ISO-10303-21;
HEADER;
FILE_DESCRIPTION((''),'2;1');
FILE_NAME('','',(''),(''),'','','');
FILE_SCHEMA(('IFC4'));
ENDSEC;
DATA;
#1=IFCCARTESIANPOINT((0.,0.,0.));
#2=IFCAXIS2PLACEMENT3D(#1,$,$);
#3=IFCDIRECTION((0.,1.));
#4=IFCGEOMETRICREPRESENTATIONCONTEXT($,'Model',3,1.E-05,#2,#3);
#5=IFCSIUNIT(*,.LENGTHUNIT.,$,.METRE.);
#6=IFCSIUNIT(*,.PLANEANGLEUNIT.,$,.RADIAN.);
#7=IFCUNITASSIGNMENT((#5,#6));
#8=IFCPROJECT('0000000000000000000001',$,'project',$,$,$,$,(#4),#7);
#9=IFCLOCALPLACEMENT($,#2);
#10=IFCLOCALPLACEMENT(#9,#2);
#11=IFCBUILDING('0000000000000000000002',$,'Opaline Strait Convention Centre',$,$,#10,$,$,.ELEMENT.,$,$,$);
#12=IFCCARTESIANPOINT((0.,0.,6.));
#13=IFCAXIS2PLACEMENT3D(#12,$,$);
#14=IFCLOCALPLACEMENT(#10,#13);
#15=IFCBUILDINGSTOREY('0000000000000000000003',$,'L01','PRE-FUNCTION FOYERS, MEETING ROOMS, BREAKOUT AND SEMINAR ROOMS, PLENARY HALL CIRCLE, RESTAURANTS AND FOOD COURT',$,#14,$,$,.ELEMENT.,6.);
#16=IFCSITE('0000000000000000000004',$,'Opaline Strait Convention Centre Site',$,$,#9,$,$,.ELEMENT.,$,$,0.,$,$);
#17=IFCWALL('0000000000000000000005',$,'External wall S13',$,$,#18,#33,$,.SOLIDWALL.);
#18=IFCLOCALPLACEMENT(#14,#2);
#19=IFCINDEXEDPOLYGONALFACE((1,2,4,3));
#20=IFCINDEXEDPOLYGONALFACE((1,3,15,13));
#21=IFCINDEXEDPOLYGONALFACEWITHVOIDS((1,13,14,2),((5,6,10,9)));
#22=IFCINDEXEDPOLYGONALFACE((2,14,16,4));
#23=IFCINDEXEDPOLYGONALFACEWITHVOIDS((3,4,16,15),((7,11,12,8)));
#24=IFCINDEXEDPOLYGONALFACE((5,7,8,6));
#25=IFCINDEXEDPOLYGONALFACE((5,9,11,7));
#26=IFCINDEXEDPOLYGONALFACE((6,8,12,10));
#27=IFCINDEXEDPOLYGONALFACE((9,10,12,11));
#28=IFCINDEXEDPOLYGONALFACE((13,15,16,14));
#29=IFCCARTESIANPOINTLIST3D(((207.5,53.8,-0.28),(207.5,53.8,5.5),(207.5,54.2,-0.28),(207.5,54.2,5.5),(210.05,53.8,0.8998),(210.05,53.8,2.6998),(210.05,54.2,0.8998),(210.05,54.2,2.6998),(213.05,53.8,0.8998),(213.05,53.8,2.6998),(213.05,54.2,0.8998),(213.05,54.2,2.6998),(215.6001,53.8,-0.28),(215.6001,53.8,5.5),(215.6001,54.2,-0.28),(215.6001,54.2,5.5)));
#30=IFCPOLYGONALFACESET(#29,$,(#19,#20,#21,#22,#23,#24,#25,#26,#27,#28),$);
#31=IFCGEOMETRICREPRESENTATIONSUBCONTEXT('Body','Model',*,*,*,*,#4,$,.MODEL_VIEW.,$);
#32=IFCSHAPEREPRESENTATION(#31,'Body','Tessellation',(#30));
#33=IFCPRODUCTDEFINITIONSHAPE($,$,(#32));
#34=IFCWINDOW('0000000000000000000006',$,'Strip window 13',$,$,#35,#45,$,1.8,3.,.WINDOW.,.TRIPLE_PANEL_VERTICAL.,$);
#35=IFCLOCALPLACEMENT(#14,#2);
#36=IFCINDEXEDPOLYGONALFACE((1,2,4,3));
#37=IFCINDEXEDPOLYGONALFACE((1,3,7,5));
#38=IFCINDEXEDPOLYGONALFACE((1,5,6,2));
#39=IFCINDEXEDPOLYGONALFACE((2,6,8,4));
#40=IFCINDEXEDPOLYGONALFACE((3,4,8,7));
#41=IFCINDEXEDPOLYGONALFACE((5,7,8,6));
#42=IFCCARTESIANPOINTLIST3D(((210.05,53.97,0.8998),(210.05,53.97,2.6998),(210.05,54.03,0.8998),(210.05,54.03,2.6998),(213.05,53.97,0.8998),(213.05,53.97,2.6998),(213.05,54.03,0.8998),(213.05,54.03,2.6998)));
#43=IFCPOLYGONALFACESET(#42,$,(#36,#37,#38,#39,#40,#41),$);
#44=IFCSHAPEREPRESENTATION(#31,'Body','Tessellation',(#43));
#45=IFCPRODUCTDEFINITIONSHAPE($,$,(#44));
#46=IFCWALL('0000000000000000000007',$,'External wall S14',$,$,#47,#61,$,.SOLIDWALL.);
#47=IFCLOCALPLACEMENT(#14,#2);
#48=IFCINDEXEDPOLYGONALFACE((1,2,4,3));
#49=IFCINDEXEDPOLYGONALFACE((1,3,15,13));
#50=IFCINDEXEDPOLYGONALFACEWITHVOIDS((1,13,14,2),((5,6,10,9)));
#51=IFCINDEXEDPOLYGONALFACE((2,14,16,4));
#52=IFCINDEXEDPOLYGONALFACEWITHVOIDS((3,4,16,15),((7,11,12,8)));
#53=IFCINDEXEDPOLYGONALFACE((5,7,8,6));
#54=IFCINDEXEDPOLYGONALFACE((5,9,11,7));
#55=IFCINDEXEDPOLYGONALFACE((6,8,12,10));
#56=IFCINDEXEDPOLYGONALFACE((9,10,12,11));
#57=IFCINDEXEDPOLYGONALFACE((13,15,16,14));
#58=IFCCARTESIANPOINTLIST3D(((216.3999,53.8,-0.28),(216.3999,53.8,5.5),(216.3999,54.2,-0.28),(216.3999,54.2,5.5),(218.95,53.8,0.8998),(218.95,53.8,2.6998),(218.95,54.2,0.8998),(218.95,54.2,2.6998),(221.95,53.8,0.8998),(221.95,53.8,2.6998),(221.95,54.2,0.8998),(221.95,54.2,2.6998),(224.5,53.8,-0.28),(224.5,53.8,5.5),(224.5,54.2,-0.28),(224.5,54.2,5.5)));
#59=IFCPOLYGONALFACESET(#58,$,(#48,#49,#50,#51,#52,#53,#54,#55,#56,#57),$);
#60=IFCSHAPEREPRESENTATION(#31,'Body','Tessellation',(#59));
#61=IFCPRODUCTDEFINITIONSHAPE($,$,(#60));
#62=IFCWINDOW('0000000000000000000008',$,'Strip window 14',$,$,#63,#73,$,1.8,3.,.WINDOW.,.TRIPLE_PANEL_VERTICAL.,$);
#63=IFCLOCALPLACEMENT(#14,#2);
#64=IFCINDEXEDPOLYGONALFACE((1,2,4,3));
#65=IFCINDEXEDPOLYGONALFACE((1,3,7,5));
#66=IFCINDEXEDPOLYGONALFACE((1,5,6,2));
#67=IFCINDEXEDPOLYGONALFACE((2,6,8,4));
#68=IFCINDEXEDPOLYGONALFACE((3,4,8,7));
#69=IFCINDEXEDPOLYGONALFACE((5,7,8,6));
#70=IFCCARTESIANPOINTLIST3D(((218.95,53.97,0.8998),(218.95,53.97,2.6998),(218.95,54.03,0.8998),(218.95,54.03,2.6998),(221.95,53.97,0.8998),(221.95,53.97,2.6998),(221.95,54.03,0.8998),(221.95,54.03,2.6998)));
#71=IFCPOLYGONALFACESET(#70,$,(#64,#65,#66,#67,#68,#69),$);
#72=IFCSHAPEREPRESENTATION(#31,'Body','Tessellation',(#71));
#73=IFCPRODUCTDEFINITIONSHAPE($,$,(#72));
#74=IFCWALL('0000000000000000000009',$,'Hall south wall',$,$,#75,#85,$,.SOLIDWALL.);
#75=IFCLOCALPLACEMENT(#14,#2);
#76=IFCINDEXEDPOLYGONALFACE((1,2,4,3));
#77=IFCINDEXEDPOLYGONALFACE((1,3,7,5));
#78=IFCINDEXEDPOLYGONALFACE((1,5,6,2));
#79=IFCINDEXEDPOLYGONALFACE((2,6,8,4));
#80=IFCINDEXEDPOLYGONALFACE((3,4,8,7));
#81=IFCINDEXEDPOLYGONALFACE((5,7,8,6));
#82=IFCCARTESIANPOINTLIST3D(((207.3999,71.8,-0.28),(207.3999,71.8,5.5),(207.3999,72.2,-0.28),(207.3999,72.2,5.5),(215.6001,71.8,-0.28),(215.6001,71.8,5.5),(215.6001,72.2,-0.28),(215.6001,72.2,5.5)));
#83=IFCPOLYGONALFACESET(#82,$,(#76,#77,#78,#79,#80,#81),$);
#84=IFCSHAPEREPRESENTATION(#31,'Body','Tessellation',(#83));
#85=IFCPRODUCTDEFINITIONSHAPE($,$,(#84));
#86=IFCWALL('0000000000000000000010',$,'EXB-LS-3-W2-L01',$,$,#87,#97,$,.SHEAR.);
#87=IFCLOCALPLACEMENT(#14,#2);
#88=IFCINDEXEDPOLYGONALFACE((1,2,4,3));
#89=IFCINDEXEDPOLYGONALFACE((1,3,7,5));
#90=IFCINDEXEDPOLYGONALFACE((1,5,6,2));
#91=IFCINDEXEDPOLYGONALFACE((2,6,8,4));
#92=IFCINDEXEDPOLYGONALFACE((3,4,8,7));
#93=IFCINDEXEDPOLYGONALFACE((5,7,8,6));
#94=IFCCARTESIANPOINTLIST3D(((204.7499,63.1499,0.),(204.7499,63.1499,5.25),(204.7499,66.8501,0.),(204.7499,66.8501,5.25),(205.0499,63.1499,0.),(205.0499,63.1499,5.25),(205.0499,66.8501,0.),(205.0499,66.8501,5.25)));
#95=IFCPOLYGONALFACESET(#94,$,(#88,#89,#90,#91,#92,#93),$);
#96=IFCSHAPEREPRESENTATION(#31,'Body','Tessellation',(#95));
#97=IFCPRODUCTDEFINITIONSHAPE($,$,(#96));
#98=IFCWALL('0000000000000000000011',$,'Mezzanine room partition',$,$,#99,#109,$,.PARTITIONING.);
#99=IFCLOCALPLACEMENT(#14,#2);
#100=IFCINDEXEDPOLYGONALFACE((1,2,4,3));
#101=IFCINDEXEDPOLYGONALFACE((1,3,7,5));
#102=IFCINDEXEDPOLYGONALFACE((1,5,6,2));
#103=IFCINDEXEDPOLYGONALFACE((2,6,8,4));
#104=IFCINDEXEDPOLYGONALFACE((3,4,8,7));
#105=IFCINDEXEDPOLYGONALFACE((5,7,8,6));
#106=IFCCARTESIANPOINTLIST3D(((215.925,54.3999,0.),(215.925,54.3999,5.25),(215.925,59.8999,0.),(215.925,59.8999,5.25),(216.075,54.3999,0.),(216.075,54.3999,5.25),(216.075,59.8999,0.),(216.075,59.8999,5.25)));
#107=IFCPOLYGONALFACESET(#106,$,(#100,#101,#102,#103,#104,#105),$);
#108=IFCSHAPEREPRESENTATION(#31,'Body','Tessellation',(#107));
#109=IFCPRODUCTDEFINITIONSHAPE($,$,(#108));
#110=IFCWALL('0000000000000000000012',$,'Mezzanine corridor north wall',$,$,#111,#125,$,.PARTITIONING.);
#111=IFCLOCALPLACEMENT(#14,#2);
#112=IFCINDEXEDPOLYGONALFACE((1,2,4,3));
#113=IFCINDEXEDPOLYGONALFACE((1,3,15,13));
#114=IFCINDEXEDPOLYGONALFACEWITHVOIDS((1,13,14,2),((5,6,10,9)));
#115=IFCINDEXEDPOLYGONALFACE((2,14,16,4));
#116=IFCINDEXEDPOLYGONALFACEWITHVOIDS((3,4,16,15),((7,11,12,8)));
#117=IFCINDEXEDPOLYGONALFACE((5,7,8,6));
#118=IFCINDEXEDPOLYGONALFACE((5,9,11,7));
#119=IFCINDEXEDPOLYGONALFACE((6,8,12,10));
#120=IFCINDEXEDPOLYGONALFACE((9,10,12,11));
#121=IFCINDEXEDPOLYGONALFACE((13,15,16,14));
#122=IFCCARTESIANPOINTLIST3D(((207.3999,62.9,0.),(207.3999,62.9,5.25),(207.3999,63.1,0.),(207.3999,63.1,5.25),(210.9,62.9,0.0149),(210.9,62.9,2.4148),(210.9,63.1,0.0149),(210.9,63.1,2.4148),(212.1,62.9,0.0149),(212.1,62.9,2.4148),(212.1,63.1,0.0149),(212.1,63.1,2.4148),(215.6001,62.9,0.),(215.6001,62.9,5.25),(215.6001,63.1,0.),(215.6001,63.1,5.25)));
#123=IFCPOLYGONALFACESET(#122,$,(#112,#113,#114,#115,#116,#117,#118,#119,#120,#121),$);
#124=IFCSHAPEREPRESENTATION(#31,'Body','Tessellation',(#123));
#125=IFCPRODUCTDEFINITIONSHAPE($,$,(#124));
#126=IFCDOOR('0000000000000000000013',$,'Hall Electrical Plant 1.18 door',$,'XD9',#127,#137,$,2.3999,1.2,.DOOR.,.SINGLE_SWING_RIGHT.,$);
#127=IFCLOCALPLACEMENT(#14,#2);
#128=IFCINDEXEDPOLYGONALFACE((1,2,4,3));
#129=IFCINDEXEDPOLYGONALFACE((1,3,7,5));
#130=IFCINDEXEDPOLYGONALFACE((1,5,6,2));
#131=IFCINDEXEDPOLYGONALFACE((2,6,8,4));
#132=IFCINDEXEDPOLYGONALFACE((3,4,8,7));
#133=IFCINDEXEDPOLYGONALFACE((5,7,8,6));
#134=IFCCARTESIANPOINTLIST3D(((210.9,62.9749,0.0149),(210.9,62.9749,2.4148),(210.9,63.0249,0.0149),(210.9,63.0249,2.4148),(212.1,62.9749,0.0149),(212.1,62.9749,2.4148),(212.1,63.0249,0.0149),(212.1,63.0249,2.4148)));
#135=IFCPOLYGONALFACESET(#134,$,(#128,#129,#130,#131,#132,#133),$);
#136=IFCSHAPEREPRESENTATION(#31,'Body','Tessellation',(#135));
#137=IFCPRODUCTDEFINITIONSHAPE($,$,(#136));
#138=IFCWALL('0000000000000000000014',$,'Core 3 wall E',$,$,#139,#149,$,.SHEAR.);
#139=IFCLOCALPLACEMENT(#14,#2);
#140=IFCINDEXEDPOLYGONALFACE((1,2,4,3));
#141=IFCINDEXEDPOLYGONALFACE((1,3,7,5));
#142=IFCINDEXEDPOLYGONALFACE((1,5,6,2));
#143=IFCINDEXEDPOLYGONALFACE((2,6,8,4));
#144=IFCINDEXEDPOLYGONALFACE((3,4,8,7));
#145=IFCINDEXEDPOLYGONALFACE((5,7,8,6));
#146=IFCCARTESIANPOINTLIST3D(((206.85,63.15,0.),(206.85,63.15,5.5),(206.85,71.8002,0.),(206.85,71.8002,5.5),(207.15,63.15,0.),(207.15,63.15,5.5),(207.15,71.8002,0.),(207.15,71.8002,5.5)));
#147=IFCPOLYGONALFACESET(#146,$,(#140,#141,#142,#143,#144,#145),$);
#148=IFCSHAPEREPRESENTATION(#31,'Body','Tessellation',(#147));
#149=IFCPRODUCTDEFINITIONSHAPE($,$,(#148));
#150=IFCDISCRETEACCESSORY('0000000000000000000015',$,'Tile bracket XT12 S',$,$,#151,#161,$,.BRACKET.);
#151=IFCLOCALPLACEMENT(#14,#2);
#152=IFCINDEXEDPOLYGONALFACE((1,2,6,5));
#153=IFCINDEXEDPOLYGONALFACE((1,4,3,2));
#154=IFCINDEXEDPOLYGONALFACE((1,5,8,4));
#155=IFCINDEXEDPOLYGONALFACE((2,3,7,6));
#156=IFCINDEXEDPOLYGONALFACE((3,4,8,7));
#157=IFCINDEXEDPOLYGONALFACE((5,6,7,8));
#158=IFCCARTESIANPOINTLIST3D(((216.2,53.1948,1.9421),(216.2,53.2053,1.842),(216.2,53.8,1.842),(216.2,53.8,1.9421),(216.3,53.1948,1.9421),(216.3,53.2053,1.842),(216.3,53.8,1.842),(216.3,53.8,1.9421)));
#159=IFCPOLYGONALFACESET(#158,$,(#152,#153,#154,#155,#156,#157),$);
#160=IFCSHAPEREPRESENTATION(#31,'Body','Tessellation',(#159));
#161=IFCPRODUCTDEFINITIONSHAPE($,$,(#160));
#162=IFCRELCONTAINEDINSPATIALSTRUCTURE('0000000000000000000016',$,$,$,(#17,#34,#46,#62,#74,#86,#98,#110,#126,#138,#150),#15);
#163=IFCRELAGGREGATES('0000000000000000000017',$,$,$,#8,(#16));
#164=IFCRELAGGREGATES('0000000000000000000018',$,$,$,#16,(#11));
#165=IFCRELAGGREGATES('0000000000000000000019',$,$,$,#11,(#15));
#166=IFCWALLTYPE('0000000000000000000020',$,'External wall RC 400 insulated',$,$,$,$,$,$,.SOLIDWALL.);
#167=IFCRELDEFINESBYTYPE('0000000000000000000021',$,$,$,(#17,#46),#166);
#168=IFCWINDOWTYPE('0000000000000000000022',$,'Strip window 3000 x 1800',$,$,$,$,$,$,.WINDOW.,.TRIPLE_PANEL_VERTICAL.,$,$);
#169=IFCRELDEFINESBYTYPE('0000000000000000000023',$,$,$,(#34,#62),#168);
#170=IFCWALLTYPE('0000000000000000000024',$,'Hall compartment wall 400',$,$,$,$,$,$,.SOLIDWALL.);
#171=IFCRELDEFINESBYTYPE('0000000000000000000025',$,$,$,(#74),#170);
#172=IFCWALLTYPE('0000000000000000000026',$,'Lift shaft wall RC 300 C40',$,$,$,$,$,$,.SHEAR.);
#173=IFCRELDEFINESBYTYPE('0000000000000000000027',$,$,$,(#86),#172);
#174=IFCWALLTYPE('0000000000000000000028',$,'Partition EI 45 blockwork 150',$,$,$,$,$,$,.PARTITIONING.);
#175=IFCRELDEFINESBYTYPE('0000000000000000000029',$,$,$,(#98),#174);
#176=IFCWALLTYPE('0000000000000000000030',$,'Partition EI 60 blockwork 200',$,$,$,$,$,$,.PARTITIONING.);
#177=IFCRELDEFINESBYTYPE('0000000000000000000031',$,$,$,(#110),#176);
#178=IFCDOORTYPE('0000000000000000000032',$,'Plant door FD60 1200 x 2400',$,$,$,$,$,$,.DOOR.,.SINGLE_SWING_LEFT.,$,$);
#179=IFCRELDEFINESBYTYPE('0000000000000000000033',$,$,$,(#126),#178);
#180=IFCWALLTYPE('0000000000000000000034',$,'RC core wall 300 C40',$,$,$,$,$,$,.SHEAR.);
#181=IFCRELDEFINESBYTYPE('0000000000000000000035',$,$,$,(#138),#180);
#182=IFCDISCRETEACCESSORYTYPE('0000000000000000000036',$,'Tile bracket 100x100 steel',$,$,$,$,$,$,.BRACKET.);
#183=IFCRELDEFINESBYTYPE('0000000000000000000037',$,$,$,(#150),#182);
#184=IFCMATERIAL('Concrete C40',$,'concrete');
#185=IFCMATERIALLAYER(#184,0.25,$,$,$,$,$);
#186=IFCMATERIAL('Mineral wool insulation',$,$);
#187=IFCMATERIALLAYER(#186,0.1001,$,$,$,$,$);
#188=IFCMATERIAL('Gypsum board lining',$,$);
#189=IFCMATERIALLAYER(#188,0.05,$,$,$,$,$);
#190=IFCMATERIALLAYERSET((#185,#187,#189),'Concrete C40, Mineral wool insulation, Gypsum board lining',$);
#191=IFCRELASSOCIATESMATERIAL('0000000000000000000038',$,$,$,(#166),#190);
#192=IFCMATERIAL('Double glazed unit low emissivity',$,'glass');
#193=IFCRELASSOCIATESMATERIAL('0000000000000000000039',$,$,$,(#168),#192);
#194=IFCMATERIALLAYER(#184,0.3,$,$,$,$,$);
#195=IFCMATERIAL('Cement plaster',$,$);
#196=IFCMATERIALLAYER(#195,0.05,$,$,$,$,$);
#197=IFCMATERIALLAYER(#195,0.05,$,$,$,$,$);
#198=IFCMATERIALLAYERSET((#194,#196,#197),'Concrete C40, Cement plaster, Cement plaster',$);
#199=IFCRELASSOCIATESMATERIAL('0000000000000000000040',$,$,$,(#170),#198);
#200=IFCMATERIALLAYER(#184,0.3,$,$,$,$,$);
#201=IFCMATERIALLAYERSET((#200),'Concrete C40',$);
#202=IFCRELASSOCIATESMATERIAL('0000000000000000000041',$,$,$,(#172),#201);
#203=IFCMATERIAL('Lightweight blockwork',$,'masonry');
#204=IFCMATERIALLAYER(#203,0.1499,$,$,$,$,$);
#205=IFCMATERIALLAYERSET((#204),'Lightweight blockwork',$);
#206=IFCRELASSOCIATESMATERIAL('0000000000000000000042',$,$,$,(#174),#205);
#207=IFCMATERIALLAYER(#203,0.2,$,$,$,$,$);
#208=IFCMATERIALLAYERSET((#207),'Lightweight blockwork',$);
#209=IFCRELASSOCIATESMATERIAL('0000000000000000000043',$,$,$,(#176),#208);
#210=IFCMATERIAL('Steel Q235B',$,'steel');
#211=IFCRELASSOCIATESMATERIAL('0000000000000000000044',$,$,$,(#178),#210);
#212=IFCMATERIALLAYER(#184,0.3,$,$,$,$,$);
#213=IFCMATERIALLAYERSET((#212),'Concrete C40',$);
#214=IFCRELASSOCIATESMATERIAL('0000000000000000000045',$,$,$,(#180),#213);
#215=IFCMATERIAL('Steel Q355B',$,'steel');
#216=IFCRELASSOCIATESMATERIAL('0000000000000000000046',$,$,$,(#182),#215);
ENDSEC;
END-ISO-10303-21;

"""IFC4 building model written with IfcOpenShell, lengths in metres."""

from ifc_helpers import new_model, si_unit, direction, frame, frame_2d, origin, place, context, subcontext, project, spatial, polyline, rectangle, outline, extrude, material, layer, layer_set, type_object, element, fill, save


model = new_model("IFC4")

# Units and contexts
model_context = context("Model", 3, precision=1e-05, world=origin(), true_north=direction((0.0, 1.0)))
body_context = subcontext(model_context, "Body", "Model", "MODEL_VIEW")
ifc_project = project(units=[si_unit("LENGTHUNIT", "METRE"), si_unit("PLANEANGLEUNIT", "RADIAN")], contexts=[model_context])

# Site, building, storey
site_placement = place(None, origin())
site = spatial("IfcSite", under=ifc_project, at=site_placement, Name="Opaline Strait Convention Centre Site", CompositionType="ELEMENT", RefElevation=0.0)
building_placement = place(site_placement, origin())
building = spatial("IfcBuilding", under=site, at=building_placement, Name="Opaline Strait Convention Centre", CompositionType="ELEMENT")
storey_placement = place(building_placement, frame((0.0, 0.0, 6.0)))
storey = spatial("IfcBuildingStorey", under=building, at=storey_placement, Name="L01", Description="PRE-FUNCTION FOYERS, MEETING ROOMS, BREAKOUT AND SEMINAR ROOMS, PLENARY HALL CIRCLE, RESTAURANTS AND FOOD COURT", CompositionType="ELEMENT", Elevation=6.0)

# Shared definitions
ifc_material_1 = material(Name="Steel Q355B", Category="steel")
ifc_material_2 = material(Name="Concrete C40", Category="concrete")

# Walls, openings, windows
ifc_layer_1 = layer(ifc_material_2, 0.25)
ifc_material_3 = material(Name="Mineral wool insulation")
ifc_layer_2 = layer(ifc_material_3, 0.1001)
ifc_material_4 = material(Name="Gypsum board lining")
ifc_layer_3 = layer(ifc_material_4, 0.05)
ifc_layer_set_1 = layer_set([ifc_layer_1, ifc_layer_2, ifc_layer_3], Name="Concrete C40, Mineral wool insulation, Gypsum board lining")
wall_type_1 = type_object("IfcWallType", Name="External wall RC 400 insulated", PredefinedType="SOLIDWALL", material=ifc_layer_set_1)
wall_1_placement = place(storey_placement, frame((207.5, 54.0, -0.28), z_axis=(0.0, 0.0, 1.0), x_axis=(1.0, 0.0, 0.0)))
wall_1 = element("IfcWall", 1, at=wall_1_placement, inside=storey, type_object=wall_type_1, Name="External wall S13", PredefinedType="SOLIDWALL", context=body_context, shape_type="SweptSolid", body=[
    extrude(rectangle(XDim=8.1001, YDim=0.3999, at=frame_2d((4.05, 0.0))), origin(), (0.0, 0.0, 1.0), 5.78),
])
opening_1_placement = place(wall_1_placement, frame((2.55, 0.0, 1.1799)))
opening_1 = element("IfcOpeningElement", 2, at=opening_1_placement, cuts=wall_1, PredefinedType="OPENING", context=body_context, shape_type="SweptSolid", body=[
    extrude(rectangle(XDim=3.0, YDim=1.8, at=frame_2d((1.5, 0.8999))), frame((0.0, 0.21, 0.0), z_axis=(0.0, -1.0, 0.0), x_axis=(1.0, 0.0, 0.0)), (0.0, 0.0, 1.0), 0.4199),
])
ifc_material_5 = material(Name="Double glazed unit low emissivity", Category="glass")
window_type = type_object("IfcWindowType", Name="Strip window 3000 x 1800", PartitioningType="TRIPLE_PANEL_VERTICAL", PredefinedType="WINDOW", material=ifc_material_5)
window_1_placement = place(opening_1_placement, origin())
window_1 = element("IfcWindow", 3, at=window_1_placement, inside=storey, type_object=window_type, Name="Strip window 13", OverallHeight=1.8, OverallWidth=3.0, PartitioningType="TRIPLE_PANEL_VERTICAL", PredefinedType="WINDOW", context=body_context, shape_type="SweptSolid", body=[
    extrude(rectangle(XDim=3.0, YDim=1.8, at=frame_2d((1.5, 0.8999))), frame((0.0, 0.03, 0.0), z_axis=(0.0, -1.0, 0.0), x_axis=(1.0, 0.0, 0.0)), (0.0, 0.0, 1.0), 0.0601),
])
fill(opening_1, window_1)
wall_2_placement = place(storey_placement, frame((216.3999, 54.0, -0.28), z_axis=(0.0, 0.0, 1.0), x_axis=(1.0, 0.0, 0.0)))
wall_2 = element("IfcWall", 4, at=wall_2_placement, inside=storey, type_object=wall_type_1, Name="External wall S14", PredefinedType="SOLIDWALL", context=body_context, shape_type="SweptSolid", body=[
    extrude(rectangle(XDim=8.1001, YDim=0.3999, at=frame_2d((4.05, 0.0))), origin(), (0.0, 0.0, 1.0), 5.78),
])
opening_2_placement = place(wall_2_placement, frame((2.55, 0.0, 1.1799)))
opening_2 = element("IfcOpeningElement", 5, at=opening_2_placement, cuts=wall_2, PredefinedType="OPENING", context=body_context, shape_type="SweptSolid", body=[
    extrude(rectangle(XDim=3.0, YDim=1.8, at=frame_2d((1.5, 0.8999))), frame((0.0, 0.21, 0.0), z_axis=(0.0, -1.0, 0.0), x_axis=(1.0, 0.0, 0.0)), (0.0, 0.0, 1.0), 0.4199),
])
window_2_placement = place(opening_2_placement, origin())
window_2 = element("IfcWindow", 6, at=window_2_placement, inside=storey, type_object=window_type, Name="Strip window 14", OverallHeight=1.8, OverallWidth=3.0, PartitioningType="TRIPLE_PANEL_VERTICAL", PredefinedType="WINDOW", context=body_context, shape_type="SweptSolid", body=[
    extrude(rectangle(XDim=3.0, YDim=1.8, at=frame_2d((1.5, 0.8999))), frame((0.0, 0.03, 0.0), z_axis=(0.0, -1.0, 0.0), x_axis=(1.0, 0.0, 0.0)), (0.0, 0.0, 1.0), 0.0601),
])
fill(opening_2, window_2)

# Walls
ifc_layer_4 = layer(ifc_material_2, 0.3)
ifc_material_6 = material(Name="Cement plaster")
ifc_layer_5 = layer(ifc_material_6, 0.05)
ifc_layer_6 = layer(ifc_material_6, 0.05)
ifc_layer_set_2 = layer_set([ifc_layer_4, ifc_layer_5, ifc_layer_6], Name="Concrete C40, Cement plaster, Cement plaster")
wall_type_2 = type_object("IfcWallType", Name="Hall compartment wall 400", PredefinedType="SOLIDWALL", material=ifc_layer_set_2)
wall_3_placement = place(storey_placement, frame((207.3999, 72.0, -0.28), z_axis=(0.0, 0.0, 1.0), x_axis=(1.0, 0.0, 0.0)))
element("IfcWall", 7, at=wall_3_placement, inside=storey, type_object=wall_type_2, Name="Hall south wall", PredefinedType="SOLIDWALL", context=body_context, shape_type="SweptSolid", body=[
    extrude(rectangle(XDim=8.2002, YDim=0.3999, at=frame_2d((4.1001, 0.0))), origin(), (0.0, 0.0, 1.0), 5.78),
])
ifc_layer_7 = layer(ifc_material_2, 0.3)
ifc_layer_set_3 = layer_set([ifc_layer_7], Name="Concrete C40")
wall_type_3 = type_object("IfcWallType", Name="Lift shaft wall RC 300 C40", PredefinedType="SHEAR", material=ifc_layer_set_3)
wall_4_placement = place(storey_placement, frame((204.8999, 63.1499, 0.0), z_axis=(0.0, 0.0, 1.0), x_axis=(0.0, 1.0, 0.0)))
element("IfcWall", 8, at=wall_4_placement, inside=storey, type_object=wall_type_3, Name="EXB-LS-3-W2-L01", PredefinedType="SHEAR", context=body_context, shape_type="SweptSolid", body=[
    extrude(rectangle(XDim=3.7002, YDim=0.3, at=frame_2d((1.8501, 0.0))), origin(), (0.0, 0.0, 1.0), 5.25),
])
ifc_material_7 = material(Name="Lightweight blockwork", Category="masonry")
ifc_layer_8 = layer(ifc_material_7, 0.1499)
ifc_layer_set_4 = layer_set([ifc_layer_8], Name="Lightweight blockwork")
wall_type_4 = type_object("IfcWallType", Name="Partition EI 45 blockwork 150", PredefinedType="PARTITIONING", material=ifc_layer_set_4)
wall_5_placement = place(storey_placement, frame((216.0, 54.3999, 0.0), z_axis=(0.0, 0.0, 1.0), x_axis=(0.0, 1.0, 0.0)))
element("IfcWall", 9, at=wall_5_placement, inside=storey, type_object=wall_type_4, Name="Mezzanine room partition", PredefinedType="PARTITIONING", context=body_context, shape_type="SweptSolid", body=[
    extrude(rectangle(XDim=5.5, YDim=0.1499, at=frame_2d((2.75, 0.0))), origin(), (0.0, 0.0, 1.0), 5.25),
])

# Wall, opening, door
ifc_layer_9 = layer(ifc_material_7, 0.2)
ifc_layer_set_5 = layer_set([ifc_layer_9], Name="Lightweight blockwork")
wall_type_5 = type_object("IfcWallType", Name="Partition EI 60 blockwork 200", PredefinedType="PARTITIONING", material=ifc_layer_set_5)
wall_6_placement = place(storey_placement, frame((207.3999, 63.0, 0.0), z_axis=(0.0, 0.0, 1.0), x_axis=(1.0, 0.0, 0.0)))
wall_6 = element("IfcWall", 10, at=wall_6_placement, inside=storey, type_object=wall_type_5, Name="Mezzanine corridor north wall", PredefinedType="PARTITIONING", context=body_context, shape_type="SweptSolid", body=[
    extrude(rectangle(XDim=8.2002, YDim=0.2, at=frame_2d((4.1001, 0.0))), origin(), (0.0, 0.0, 1.0), 5.25),
])
opening_3_placement = place(wall_6_placement, frame((3.5, 0.0, 0.0149)))
opening_3 = element("IfcOpeningElement", 11, at=opening_3_placement, cuts=wall_6, PredefinedType="OPENING", context=body_context, shape_type="SweptSolid", body=[
    extrude(rectangle(XDim=1.2, YDim=2.3999, at=frame_2d((0.6001, 1.2))), frame((0.0, 0.1099, 0.0), z_axis=(0.0, -1.0, 0.0), x_axis=(1.0, 0.0, 0.0)), (0.0, 0.0, 1.0), 0.22),
])
ifc_material_8 = material(Name="Steel Q235B", Category="steel")
door_type = type_object("IfcDoorType", Name="Plant door FD60 1200 x 2400", OperationType="SINGLE_SWING_LEFT", PredefinedType="DOOR", material=ifc_material_8)
door_placement = place(opening_3_placement, origin())
door = element("IfcDoor", 12, at=door_placement, inside=storey, type_object=door_type, Name="Hall Electrical Plant 1.18 door", ObjectType="XD9", OperationType="SINGLE_SWING_RIGHT", OverallHeight=2.3999, OverallWidth=1.2, PredefinedType="DOOR", context=body_context, shape_type="SweptSolid", body=[
    extrude(rectangle(XDim=1.2, YDim=2.3999, at=frame_2d((0.6001, 1.2))), frame((0.0, 0.0249, 0.0), z_axis=(0.0, -1.0, 0.0), x_axis=(1.0, 0.0, 0.0)), (0.0, 0.0, 1.0), 0.05),
])
fill(opening_3, door)

# Wall
ifc_layer_10 = layer(ifc_material_2, 0.3)
ifc_layer_set_6 = layer_set([ifc_layer_10], Name="Concrete C40")
wall_type_6 = type_object("IfcWallType", Name="RC core wall 300 C40", PredefinedType="SHEAR", material=ifc_layer_set_6)
wall_7_placement = place(storey_placement, frame((207.0, 63.1499, 0.0), z_axis=(0.0, 0.0, 1.0), x_axis=(0.0, 1.0, 0.0)))
element("IfcWall", 13, at=wall_7_placement, inside=storey, type_object=wall_type_6, Name="Core 3 wall E", PredefinedType="SHEAR", context=body_context, shape_type="SweptSolid", body=[
    extrude(rectangle(XDim=8.6501, YDim=0.3, at=frame_2d((4.3252, 0.0))), origin(), (0.0, 0.0, 1.0), 5.5),
])

# Discrete accessory
discrete_accessory_type = type_object("IfcDiscreteAccessoryType", Name="Tile bracket 100x100 steel", PredefinedType="BRACKET", material=ifc_material_1)
discrete_accessory_1_placement = place(storey_placement, frame((216.2, 53.8, 1.8921), z_axis=(1.0, 0.0, 0.0), x_axis=(0.0, 1.0, 0.0)))
element("IfcDiscreteAccessory", 14, at=discrete_accessory_1_placement, inside=storey, type_object=discrete_accessory_type, Name="Tile bracket XT12 S", PredefinedType="BRACKET", context=body_context, shape_type="SweptSolid", body=[
    extrude(outline(polyline([(0.0, -0.05), (0.0, 0.05), (-0.6052, 0.05), (-0.5947, -0.05), (0.0, -0.05)])), origin(), (0.0, 0.0, 1.0), 0.1001),
])

save(model, "model.ifc")
